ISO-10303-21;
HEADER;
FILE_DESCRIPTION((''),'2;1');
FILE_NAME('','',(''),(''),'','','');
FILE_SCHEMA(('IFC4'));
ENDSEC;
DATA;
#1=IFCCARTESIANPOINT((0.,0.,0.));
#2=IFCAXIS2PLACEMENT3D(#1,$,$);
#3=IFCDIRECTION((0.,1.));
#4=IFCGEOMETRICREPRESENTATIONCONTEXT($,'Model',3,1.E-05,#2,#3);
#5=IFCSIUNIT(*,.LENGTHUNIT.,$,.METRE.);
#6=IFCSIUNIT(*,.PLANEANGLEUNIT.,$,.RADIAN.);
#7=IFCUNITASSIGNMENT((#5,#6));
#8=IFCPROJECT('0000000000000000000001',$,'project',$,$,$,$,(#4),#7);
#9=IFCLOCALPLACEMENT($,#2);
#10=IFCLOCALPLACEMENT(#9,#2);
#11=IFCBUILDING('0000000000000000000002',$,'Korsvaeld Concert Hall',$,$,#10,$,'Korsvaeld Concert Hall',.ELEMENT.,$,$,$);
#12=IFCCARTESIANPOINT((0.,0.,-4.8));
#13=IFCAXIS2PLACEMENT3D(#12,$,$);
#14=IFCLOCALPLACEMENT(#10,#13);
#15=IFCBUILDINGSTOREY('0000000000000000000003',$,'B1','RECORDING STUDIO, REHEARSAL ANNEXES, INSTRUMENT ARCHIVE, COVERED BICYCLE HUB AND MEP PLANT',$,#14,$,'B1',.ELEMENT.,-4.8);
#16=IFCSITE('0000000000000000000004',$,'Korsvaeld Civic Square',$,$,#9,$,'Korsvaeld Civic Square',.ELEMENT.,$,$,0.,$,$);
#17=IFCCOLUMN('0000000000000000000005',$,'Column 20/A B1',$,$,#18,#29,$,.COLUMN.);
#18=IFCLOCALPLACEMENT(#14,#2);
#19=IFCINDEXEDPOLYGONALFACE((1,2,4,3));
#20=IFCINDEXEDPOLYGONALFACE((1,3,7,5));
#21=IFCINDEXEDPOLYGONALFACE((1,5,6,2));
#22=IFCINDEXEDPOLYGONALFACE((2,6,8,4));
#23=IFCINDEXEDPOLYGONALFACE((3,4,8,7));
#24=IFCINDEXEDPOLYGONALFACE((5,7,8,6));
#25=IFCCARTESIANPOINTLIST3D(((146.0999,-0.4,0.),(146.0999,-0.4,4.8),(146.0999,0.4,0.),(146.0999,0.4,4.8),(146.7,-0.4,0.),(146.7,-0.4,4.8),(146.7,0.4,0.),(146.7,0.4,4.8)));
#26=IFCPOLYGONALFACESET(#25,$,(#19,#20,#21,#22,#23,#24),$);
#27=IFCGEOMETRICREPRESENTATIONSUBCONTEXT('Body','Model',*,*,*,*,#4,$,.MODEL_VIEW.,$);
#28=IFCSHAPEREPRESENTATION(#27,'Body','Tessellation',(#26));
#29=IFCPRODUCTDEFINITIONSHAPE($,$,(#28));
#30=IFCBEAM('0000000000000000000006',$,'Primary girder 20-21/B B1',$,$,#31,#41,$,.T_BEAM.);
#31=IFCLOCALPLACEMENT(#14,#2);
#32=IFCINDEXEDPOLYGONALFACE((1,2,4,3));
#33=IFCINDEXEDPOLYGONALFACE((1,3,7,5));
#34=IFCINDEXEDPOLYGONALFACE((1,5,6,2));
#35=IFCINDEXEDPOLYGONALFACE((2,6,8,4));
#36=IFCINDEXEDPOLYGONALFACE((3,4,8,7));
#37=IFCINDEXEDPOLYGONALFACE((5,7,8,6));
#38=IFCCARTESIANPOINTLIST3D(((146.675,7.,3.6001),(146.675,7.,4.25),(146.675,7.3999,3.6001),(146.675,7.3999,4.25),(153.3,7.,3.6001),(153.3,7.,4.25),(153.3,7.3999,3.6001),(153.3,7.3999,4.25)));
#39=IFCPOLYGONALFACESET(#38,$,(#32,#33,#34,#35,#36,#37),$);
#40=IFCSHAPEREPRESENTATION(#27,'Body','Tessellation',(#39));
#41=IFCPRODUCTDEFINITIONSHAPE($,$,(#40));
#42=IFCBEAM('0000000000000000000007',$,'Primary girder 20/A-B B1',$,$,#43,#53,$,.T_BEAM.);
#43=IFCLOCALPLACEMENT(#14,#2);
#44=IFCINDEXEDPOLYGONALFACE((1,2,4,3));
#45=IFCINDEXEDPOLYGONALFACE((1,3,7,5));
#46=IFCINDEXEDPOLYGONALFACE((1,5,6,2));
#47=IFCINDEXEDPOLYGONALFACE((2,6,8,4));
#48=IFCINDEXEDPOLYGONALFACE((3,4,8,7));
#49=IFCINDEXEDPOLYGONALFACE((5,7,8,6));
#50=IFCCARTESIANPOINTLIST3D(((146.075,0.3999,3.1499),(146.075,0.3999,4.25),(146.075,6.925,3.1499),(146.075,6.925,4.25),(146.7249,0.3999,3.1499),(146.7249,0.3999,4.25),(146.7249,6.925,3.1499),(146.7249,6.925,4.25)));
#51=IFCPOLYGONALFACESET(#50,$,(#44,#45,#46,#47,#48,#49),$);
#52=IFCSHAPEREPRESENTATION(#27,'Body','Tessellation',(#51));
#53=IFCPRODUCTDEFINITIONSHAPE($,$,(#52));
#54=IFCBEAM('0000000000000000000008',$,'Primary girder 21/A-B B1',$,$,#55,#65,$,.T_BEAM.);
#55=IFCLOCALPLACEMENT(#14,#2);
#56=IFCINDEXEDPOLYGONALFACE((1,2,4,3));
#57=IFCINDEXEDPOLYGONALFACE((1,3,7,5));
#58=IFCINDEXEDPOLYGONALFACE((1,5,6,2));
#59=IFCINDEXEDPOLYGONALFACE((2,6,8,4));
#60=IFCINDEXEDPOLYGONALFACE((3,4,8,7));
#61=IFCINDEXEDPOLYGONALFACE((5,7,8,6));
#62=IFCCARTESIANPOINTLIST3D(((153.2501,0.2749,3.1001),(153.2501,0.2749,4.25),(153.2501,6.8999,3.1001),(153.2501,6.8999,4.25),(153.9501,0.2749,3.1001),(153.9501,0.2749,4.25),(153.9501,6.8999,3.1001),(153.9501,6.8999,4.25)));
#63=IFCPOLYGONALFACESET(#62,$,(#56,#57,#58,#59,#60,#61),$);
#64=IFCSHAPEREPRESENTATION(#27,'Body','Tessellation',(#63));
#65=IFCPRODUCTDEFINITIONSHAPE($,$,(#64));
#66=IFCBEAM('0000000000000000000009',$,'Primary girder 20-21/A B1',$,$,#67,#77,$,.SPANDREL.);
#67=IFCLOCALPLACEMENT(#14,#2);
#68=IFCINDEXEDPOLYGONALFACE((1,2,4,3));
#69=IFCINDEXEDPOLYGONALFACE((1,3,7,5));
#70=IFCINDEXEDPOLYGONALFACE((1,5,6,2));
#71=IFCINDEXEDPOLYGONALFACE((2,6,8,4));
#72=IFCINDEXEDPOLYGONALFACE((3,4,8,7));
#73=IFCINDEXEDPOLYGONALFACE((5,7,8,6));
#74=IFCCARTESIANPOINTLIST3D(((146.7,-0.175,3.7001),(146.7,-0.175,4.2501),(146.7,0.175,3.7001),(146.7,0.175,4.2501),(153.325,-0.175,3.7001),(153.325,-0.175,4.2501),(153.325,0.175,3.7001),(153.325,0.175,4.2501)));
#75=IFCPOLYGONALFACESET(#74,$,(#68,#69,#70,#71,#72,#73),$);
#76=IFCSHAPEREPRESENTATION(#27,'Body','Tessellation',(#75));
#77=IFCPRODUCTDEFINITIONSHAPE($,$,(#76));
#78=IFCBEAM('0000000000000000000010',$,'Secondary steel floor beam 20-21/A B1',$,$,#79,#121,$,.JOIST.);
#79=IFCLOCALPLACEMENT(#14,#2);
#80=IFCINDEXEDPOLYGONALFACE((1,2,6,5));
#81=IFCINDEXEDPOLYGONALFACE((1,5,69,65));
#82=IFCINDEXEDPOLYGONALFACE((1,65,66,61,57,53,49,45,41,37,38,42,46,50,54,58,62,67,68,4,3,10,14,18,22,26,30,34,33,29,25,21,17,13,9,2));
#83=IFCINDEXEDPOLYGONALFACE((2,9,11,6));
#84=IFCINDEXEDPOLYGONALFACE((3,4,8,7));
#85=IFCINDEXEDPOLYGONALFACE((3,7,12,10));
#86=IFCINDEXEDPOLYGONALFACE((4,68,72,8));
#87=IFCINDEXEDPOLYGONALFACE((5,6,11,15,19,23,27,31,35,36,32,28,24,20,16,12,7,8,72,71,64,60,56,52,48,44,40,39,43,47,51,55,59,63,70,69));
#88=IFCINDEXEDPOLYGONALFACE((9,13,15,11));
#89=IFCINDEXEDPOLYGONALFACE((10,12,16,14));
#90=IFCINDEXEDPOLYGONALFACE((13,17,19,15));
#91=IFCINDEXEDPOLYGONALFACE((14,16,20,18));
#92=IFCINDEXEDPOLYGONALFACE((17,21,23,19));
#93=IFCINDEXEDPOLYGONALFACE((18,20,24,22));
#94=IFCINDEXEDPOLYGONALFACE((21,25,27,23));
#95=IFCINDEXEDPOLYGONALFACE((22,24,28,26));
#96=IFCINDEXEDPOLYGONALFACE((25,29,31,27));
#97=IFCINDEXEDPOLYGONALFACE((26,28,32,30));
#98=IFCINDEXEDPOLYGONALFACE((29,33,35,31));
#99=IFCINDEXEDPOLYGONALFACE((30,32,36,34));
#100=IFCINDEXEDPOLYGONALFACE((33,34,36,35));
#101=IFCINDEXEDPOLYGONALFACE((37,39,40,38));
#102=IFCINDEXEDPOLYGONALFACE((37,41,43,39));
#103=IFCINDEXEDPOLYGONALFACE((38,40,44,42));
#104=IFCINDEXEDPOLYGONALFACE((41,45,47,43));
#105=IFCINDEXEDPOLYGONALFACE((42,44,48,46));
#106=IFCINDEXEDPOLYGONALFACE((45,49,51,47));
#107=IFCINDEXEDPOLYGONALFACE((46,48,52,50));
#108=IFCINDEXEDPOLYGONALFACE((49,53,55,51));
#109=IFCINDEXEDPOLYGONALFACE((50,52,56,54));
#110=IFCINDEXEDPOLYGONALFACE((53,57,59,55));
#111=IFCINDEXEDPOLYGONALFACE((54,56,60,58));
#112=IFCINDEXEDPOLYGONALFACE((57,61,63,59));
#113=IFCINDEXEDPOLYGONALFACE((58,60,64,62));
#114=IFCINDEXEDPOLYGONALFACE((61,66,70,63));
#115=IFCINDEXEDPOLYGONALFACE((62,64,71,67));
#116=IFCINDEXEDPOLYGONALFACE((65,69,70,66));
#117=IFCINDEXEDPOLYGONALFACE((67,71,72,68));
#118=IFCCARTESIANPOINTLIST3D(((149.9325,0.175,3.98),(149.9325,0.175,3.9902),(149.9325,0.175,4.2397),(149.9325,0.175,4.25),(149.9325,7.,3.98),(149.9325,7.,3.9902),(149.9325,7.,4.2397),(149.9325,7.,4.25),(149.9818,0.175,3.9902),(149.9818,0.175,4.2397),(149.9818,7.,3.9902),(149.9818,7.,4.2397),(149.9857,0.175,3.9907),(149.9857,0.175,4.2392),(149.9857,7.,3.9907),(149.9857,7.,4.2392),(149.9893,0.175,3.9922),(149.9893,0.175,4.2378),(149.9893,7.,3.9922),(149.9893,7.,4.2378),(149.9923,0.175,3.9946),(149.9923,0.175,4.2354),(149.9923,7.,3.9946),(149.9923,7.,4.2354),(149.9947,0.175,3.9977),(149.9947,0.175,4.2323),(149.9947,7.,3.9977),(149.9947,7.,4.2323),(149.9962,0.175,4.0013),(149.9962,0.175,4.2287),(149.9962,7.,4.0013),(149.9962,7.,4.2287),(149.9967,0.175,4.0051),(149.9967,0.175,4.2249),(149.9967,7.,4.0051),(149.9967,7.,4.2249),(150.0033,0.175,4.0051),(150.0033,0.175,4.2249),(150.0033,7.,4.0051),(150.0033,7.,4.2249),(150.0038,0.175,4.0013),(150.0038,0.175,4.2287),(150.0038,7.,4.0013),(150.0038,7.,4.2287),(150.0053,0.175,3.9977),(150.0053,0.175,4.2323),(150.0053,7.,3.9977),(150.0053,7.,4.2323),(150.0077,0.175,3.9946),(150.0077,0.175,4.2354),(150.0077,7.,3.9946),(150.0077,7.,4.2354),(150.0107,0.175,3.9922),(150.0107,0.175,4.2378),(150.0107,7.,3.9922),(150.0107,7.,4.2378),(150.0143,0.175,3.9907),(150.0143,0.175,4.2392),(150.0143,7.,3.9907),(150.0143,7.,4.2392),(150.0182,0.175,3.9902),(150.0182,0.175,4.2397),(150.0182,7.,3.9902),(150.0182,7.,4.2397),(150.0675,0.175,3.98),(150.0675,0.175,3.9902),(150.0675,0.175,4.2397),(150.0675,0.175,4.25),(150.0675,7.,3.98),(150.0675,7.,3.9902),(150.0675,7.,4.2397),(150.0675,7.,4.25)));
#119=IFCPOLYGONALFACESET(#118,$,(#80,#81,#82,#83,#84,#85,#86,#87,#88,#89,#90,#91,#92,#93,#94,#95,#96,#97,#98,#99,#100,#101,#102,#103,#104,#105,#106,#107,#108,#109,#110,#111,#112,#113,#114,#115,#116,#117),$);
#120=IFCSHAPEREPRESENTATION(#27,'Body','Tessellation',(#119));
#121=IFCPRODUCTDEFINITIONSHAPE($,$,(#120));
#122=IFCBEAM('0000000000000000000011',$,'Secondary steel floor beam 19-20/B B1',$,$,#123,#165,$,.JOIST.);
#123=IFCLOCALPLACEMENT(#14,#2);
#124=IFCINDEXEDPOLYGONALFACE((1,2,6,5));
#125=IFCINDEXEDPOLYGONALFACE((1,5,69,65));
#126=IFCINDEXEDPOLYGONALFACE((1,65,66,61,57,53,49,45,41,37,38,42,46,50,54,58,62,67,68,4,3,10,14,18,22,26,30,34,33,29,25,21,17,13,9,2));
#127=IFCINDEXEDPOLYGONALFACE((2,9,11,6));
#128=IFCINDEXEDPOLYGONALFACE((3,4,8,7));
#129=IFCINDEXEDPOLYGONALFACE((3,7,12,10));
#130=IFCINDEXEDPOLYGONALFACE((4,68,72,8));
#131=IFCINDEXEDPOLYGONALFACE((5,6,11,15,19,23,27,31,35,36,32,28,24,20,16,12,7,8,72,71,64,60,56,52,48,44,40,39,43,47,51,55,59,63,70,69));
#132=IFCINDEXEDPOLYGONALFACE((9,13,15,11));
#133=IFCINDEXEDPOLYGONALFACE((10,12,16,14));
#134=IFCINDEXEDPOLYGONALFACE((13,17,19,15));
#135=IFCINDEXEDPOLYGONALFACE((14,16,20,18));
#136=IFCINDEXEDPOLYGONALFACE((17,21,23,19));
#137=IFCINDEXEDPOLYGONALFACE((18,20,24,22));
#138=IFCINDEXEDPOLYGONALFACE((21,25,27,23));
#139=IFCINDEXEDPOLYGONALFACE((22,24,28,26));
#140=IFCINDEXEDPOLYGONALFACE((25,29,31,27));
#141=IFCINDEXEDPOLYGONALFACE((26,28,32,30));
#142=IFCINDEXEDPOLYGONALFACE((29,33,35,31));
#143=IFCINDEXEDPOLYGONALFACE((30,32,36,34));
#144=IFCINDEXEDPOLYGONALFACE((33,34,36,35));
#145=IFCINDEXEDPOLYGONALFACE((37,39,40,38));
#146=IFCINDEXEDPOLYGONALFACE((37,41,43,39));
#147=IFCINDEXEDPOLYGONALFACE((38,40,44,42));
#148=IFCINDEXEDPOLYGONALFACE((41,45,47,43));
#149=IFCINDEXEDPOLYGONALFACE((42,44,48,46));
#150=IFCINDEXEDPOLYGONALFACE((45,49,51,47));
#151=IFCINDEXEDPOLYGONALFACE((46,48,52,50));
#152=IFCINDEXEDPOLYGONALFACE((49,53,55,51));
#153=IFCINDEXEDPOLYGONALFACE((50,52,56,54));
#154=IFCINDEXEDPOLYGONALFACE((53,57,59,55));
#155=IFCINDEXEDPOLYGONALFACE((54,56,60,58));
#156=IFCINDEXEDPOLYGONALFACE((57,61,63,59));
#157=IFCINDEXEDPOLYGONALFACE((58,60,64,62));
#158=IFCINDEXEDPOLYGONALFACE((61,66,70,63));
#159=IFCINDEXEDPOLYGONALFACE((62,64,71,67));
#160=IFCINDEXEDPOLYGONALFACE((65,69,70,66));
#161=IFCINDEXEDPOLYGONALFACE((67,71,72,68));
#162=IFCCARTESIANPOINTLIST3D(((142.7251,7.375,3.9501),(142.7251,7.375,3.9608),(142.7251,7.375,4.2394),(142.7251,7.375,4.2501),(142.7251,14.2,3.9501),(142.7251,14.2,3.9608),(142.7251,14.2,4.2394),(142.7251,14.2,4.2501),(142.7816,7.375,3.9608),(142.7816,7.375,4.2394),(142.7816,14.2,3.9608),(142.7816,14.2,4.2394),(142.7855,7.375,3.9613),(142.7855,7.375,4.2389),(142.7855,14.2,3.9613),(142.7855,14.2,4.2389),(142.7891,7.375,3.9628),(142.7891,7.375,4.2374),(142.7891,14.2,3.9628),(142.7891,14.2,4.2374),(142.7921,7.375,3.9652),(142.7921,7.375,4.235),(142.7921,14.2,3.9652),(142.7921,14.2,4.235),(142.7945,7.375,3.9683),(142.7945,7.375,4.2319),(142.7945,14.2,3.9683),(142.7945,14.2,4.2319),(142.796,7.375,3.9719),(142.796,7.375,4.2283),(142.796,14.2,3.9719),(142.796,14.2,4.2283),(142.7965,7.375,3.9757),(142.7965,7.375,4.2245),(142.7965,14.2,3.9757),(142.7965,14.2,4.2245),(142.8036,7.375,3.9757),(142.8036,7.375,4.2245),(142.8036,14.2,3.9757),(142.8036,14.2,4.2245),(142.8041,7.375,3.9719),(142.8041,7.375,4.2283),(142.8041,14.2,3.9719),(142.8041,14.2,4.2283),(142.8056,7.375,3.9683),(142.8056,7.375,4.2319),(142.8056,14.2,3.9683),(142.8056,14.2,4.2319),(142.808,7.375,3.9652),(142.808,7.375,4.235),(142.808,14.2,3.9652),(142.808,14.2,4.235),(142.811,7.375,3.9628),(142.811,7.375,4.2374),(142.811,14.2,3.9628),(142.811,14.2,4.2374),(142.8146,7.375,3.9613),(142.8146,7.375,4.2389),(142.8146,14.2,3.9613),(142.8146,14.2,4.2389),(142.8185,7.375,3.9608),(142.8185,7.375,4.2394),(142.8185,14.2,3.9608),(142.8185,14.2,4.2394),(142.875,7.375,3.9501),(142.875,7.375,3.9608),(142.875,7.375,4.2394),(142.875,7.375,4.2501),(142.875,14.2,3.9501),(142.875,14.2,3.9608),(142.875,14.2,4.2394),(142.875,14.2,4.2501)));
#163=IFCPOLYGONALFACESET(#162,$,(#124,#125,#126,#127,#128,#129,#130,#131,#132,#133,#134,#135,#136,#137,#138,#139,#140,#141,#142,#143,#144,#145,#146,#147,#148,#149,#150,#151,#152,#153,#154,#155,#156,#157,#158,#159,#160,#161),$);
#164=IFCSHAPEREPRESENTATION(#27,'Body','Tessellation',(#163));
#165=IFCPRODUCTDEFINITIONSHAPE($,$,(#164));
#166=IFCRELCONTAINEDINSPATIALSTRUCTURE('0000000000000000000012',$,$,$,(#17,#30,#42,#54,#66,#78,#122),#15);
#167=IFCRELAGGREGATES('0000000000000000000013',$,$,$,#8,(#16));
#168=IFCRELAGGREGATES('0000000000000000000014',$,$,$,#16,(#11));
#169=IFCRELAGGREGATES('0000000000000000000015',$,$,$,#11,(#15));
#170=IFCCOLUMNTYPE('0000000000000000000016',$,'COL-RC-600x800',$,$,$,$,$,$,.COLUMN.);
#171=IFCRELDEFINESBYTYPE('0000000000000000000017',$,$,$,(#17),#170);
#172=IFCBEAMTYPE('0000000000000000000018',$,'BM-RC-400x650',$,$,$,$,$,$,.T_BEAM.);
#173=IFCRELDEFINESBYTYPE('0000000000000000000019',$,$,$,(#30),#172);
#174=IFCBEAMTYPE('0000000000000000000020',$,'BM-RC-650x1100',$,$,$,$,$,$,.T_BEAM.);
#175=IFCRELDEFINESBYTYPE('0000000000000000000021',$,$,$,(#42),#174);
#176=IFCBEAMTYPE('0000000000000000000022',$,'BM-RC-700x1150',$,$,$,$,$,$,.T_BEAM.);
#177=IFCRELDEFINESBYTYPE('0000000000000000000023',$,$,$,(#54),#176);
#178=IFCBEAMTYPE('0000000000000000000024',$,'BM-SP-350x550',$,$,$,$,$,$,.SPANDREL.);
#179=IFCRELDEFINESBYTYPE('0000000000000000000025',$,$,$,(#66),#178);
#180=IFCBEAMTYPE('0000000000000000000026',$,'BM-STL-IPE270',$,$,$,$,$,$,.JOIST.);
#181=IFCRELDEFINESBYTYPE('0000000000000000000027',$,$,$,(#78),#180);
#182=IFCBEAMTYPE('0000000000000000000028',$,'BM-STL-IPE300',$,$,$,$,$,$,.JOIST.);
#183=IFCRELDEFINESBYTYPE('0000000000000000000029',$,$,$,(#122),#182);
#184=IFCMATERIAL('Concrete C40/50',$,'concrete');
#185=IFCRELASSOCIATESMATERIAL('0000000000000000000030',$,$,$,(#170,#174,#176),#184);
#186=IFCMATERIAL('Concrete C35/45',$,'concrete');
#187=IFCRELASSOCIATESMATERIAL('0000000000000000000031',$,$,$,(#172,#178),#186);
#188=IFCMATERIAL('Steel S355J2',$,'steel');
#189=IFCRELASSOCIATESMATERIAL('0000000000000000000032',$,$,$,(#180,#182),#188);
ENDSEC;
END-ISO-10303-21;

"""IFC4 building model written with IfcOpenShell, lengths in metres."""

from ifc_helpers import new_model, si_unit, direction, frame, origin, origin_2d, place, context, subcontext, project, spatial, rectangle, i_section, extrude, material, material_profile, profile_set, type_object, element, save


model = new_model("IFC4")

# Units and contexts
model_context = context("Model", 3, precision=1e-05, world=origin(), true_north=direction((0.0, 1.0)))
body_context = subcontext(model_context, "Body", "Model", "MODEL_VIEW")
ifc_project = project(units=[si_unit("LENGTHUNIT", "METRE"), si_unit("PLANEANGLEUNIT", "RADIAN")], contexts=[model_context])

# Site, building, storey
site_placement = place(None, origin())
site = spatial("IfcSite", under=ifc_project, at=site_placement, Name="Korsvaeld Civic Square", LongName="Korsvaeld Civic Square", CompositionType="ELEMENT", RefElevation=0.0)
building_placement = place(site_placement, origin())
building = spatial("IfcBuilding", under=site, at=building_placement, Name="Korsvaeld Concert Hall", LongName="Korsvaeld Concert Hall", CompositionType="ELEMENT")
storey_placement = place(building_placement, frame((0.0, 0.0, -4.8)))
storey = spatial("IfcBuildingStorey", under=building, at=storey_placement, Name="B1", Description="RECORDING STUDIO, REHEARSAL ANNEXES, INSTRUMENT ARCHIVE, COVERED BICYCLE HUB AND MEP PLANT", LongName="B1", CompositionType="ELEMENT", Elevation=-4.8)

# Shared definitions
ifc_material_1 = material(Name="Concrete C35/45", Category="concrete")

# Column
ifc_material_2 = material(Name="Concrete C40/50", Category="concrete")
ifc_material_profile_1 = material_profile(ifc_material_2, rectangle(XDim=0.6001, YDim=0.8, at=origin_2d()), Name="RC 600x800")
ifc_profile_set_1 = profile_set([ifc_material_profile_1], Name="Concrete C40/50")
column_type_1 = type_object("IfcColumnType", Name="COL-RC-600x800", PredefinedType="COLUMN", material=ifc_profile_set_1)
column_placement = place(storey_placement, frame((146.3999, 0.0, 0.0), z_axis=(0.0, 0.0, 1.0), x_axis=(1.0, 0.0, 0.0)))
element("IfcColumn", 1, at=column_placement, inside=storey, type_object=column_type_1, Name="Column 20/A B1", PredefinedType="COLUMN", context=body_context, shape_type="SweptSolid", body=[
    extrude(rectangle(XDim=0.6001, YDim=0.8, at=origin_2d()), origin(), (0.0, 0.0, 1.0), 4.8),
])

# Beams
ifc_material_profile_2 = material_profile(ifc_material_1, rectangle(XDim=0.3999, YDim=0.6499, at=origin_2d()), Name="RC 400x650")
ifc_profile_set_2 = profile_set([ifc_material_profile_2], Name="Concrete C35/45")
beam_type_1 = type_object("IfcBeamType", Name="BM-RC-400x650", PredefinedType="T_BEAM", material=ifc_profile_set_2)
beam_1_placement = place(storey_placement, frame((146.675, 7.2, 3.925), z_axis=(1.0, 0.0, 0.0), x_axis=(0.0, 1.0, 0.0)))
element("IfcBeam", 2, at=beam_1_placement, inside=storey, type_object=beam_type_1, Name="Primary girder 20-21/B B1", PredefinedType="T_BEAM", context=body_context, shape_type="SweptSolid", body=[
    extrude(rectangle(XDim=0.3999, YDim=0.6499, at=origin_2d()), origin(), (0.0, 0.0, 1.0), 6.625),
])
ifc_material_profile_3 = material_profile(ifc_material_2, rectangle(XDim=0.6499, YDim=1.1001, at=origin_2d()), Name="RC 650x1100")
ifc_profile_set_3 = profile_set([ifc_material_profile_3], Name="Concrete C40/50")
beam_type_2 = type_object("IfcBeamType", Name="BM-RC-650x1100", PredefinedType="T_BEAM", material=ifc_profile_set_3)
beam_2_placement = place(storey_placement, frame((146.3999, 0.3999, 3.7), z_axis=(0.0, 1.0, 0.0), x_axis=(-1.0, 0.0, 0.0)))
element("IfcBeam", 3, at=beam_2_placement, inside=storey, type_object=beam_type_2, Name="Primary girder 20/A-B B1", PredefinedType="T_BEAM", context=body_context, shape_type="SweptSolid", body=[
    extrude(rectangle(XDim=0.6499, YDim=1.1001, at=origin_2d()), origin(), (0.0, 0.0, 1.0), 6.5251),
])
ifc_material_profile_4 = material_profile(ifc_material_2, rectangle(XDim=0.7, YDim=1.1499, at=origin_2d()), Name="RC 700x1150")
ifc_profile_set_4 = profile_set([ifc_material_profile_4], Name="Concrete C40/50")
beam_type_3 = type_object("IfcBeamType", Name="BM-RC-700x1150", PredefinedType="T_BEAM", material=ifc_profile_set_4)
beam_3_placement = place(storey_placement, frame((153.6001, 0.2749, 3.675), z_axis=(0.0, 1.0, 0.0), x_axis=(-1.0, 0.0, 0.0)))
element("IfcBeam", 4, at=beam_3_placement, inside=storey, type_object=beam_type_3, Name="Primary girder 21/A-B B1", PredefinedType="T_BEAM", context=body_context, shape_type="SweptSolid", body=[
    extrude(rectangle(XDim=0.7, YDim=1.1499, at=origin_2d()), origin(), (0.0, 0.0, 1.0), 6.625),
])
ifc_material_profile_5 = material_profile(ifc_material_1, rectangle(XDim=0.3501, YDim=0.55, at=origin_2d()), Name="RC 350x550")
ifc_profile_set_5 = profile_set([ifc_material_profile_5], Name="Concrete C35/45")
beam_type_4 = type_object("IfcBeamType", Name="BM-SP-350x550", PredefinedType="SPANDREL", material=ifc_profile_set_5)
beam_4_placement = place(storey_placement, frame((146.7, 0.0, 3.9751), z_axis=(1.0, 0.0, 0.0), x_axis=(0.0, 1.0, 0.0)))
element("IfcBeam", 5, at=beam_4_placement, inside=storey, type_object=beam_type_4, Name="Primary girder 20-21/A B1", PredefinedType="SPANDREL", context=body_context, shape_type="SweptSolid", body=[
    extrude(rectangle(XDim=0.3501, YDim=0.55, at=origin_2d()), origin(), (0.0, 0.0, 1.0), 6.625),
])
ifc_material_3 = material(Name="Steel S355J2", Category="steel")
ifc_material_profile_6 = material_profile(ifc_material_3, i_section(OverallWidth=0.135, OverallDepth=0.27, WebThickness=0.0066, FlangeThickness=0.0103, FilletRadius=0.0149, at=origin_2d()), Name="IPE 270")
ifc_profile_set_6 = profile_set([ifc_material_profile_6], Name="Steel S355J2")
beam_type_5 = type_object("IfcBeamType", Name="BM-STL-IPE270", PredefinedType="JOIST", material=ifc_profile_set_6)
beam_5_placement = place(storey_placement, frame((150.0, 0.175, 4.115), z_axis=(0.0, 1.0, 0.0), x_axis=(-1.0, 0.0, 0.0)))
element("IfcBeam", 6, at=beam_5_placement, inside=storey, type_object=beam_type_5, Name="Secondary steel floor beam 20-21/A B1", PredefinedType="JOIST", context=body_context, shape_type="SweptSolid", body=[
    extrude(i_section(OverallWidth=0.135, OverallDepth=0.27, WebThickness=0.0066, FlangeThickness=0.0103, FilletRadius=0.0149, at=origin_2d()), origin(), (0.0, 0.0, 1.0), 6.825),
])
ifc_material_profile_7 = material_profile(ifc_material_3, i_section(OverallWidth=0.1499, OverallDepth=0.3, WebThickness=0.0071, FlangeThickness=0.0107, FilletRadius=0.0149, at=origin_2d()), Name="IPE 300")
ifc_profile_set_7 = profile_set([ifc_material_profile_7], Name="Steel S355J2")
beam_type_6 = type_object("IfcBeamType", Name="BM-STL-IPE300", PredefinedType="JOIST", material=ifc_profile_set_7)
beam_6_placement = place(storey_placement, frame((142.8, 7.375, 4.1001), z_axis=(0.0, 1.0, 0.0), x_axis=(-1.0, 0.0, 0.0)))
element("IfcBeam", 7, at=beam_6_placement, inside=storey, type_object=beam_type_6, Name="Secondary steel floor beam 19-20/B B1", PredefinedType="JOIST", context=body_context, shape_type="SweptSolid", body=[
    extrude(i_section(OverallWidth=0.1499, OverallDepth=0.3, WebThickness=0.0071, FlangeThickness=0.0107, FilletRadius=0.0149, at=origin_2d()), origin(), (0.0, 0.0, 1.0), 6.825),
])

save(model, "model.ifc")
